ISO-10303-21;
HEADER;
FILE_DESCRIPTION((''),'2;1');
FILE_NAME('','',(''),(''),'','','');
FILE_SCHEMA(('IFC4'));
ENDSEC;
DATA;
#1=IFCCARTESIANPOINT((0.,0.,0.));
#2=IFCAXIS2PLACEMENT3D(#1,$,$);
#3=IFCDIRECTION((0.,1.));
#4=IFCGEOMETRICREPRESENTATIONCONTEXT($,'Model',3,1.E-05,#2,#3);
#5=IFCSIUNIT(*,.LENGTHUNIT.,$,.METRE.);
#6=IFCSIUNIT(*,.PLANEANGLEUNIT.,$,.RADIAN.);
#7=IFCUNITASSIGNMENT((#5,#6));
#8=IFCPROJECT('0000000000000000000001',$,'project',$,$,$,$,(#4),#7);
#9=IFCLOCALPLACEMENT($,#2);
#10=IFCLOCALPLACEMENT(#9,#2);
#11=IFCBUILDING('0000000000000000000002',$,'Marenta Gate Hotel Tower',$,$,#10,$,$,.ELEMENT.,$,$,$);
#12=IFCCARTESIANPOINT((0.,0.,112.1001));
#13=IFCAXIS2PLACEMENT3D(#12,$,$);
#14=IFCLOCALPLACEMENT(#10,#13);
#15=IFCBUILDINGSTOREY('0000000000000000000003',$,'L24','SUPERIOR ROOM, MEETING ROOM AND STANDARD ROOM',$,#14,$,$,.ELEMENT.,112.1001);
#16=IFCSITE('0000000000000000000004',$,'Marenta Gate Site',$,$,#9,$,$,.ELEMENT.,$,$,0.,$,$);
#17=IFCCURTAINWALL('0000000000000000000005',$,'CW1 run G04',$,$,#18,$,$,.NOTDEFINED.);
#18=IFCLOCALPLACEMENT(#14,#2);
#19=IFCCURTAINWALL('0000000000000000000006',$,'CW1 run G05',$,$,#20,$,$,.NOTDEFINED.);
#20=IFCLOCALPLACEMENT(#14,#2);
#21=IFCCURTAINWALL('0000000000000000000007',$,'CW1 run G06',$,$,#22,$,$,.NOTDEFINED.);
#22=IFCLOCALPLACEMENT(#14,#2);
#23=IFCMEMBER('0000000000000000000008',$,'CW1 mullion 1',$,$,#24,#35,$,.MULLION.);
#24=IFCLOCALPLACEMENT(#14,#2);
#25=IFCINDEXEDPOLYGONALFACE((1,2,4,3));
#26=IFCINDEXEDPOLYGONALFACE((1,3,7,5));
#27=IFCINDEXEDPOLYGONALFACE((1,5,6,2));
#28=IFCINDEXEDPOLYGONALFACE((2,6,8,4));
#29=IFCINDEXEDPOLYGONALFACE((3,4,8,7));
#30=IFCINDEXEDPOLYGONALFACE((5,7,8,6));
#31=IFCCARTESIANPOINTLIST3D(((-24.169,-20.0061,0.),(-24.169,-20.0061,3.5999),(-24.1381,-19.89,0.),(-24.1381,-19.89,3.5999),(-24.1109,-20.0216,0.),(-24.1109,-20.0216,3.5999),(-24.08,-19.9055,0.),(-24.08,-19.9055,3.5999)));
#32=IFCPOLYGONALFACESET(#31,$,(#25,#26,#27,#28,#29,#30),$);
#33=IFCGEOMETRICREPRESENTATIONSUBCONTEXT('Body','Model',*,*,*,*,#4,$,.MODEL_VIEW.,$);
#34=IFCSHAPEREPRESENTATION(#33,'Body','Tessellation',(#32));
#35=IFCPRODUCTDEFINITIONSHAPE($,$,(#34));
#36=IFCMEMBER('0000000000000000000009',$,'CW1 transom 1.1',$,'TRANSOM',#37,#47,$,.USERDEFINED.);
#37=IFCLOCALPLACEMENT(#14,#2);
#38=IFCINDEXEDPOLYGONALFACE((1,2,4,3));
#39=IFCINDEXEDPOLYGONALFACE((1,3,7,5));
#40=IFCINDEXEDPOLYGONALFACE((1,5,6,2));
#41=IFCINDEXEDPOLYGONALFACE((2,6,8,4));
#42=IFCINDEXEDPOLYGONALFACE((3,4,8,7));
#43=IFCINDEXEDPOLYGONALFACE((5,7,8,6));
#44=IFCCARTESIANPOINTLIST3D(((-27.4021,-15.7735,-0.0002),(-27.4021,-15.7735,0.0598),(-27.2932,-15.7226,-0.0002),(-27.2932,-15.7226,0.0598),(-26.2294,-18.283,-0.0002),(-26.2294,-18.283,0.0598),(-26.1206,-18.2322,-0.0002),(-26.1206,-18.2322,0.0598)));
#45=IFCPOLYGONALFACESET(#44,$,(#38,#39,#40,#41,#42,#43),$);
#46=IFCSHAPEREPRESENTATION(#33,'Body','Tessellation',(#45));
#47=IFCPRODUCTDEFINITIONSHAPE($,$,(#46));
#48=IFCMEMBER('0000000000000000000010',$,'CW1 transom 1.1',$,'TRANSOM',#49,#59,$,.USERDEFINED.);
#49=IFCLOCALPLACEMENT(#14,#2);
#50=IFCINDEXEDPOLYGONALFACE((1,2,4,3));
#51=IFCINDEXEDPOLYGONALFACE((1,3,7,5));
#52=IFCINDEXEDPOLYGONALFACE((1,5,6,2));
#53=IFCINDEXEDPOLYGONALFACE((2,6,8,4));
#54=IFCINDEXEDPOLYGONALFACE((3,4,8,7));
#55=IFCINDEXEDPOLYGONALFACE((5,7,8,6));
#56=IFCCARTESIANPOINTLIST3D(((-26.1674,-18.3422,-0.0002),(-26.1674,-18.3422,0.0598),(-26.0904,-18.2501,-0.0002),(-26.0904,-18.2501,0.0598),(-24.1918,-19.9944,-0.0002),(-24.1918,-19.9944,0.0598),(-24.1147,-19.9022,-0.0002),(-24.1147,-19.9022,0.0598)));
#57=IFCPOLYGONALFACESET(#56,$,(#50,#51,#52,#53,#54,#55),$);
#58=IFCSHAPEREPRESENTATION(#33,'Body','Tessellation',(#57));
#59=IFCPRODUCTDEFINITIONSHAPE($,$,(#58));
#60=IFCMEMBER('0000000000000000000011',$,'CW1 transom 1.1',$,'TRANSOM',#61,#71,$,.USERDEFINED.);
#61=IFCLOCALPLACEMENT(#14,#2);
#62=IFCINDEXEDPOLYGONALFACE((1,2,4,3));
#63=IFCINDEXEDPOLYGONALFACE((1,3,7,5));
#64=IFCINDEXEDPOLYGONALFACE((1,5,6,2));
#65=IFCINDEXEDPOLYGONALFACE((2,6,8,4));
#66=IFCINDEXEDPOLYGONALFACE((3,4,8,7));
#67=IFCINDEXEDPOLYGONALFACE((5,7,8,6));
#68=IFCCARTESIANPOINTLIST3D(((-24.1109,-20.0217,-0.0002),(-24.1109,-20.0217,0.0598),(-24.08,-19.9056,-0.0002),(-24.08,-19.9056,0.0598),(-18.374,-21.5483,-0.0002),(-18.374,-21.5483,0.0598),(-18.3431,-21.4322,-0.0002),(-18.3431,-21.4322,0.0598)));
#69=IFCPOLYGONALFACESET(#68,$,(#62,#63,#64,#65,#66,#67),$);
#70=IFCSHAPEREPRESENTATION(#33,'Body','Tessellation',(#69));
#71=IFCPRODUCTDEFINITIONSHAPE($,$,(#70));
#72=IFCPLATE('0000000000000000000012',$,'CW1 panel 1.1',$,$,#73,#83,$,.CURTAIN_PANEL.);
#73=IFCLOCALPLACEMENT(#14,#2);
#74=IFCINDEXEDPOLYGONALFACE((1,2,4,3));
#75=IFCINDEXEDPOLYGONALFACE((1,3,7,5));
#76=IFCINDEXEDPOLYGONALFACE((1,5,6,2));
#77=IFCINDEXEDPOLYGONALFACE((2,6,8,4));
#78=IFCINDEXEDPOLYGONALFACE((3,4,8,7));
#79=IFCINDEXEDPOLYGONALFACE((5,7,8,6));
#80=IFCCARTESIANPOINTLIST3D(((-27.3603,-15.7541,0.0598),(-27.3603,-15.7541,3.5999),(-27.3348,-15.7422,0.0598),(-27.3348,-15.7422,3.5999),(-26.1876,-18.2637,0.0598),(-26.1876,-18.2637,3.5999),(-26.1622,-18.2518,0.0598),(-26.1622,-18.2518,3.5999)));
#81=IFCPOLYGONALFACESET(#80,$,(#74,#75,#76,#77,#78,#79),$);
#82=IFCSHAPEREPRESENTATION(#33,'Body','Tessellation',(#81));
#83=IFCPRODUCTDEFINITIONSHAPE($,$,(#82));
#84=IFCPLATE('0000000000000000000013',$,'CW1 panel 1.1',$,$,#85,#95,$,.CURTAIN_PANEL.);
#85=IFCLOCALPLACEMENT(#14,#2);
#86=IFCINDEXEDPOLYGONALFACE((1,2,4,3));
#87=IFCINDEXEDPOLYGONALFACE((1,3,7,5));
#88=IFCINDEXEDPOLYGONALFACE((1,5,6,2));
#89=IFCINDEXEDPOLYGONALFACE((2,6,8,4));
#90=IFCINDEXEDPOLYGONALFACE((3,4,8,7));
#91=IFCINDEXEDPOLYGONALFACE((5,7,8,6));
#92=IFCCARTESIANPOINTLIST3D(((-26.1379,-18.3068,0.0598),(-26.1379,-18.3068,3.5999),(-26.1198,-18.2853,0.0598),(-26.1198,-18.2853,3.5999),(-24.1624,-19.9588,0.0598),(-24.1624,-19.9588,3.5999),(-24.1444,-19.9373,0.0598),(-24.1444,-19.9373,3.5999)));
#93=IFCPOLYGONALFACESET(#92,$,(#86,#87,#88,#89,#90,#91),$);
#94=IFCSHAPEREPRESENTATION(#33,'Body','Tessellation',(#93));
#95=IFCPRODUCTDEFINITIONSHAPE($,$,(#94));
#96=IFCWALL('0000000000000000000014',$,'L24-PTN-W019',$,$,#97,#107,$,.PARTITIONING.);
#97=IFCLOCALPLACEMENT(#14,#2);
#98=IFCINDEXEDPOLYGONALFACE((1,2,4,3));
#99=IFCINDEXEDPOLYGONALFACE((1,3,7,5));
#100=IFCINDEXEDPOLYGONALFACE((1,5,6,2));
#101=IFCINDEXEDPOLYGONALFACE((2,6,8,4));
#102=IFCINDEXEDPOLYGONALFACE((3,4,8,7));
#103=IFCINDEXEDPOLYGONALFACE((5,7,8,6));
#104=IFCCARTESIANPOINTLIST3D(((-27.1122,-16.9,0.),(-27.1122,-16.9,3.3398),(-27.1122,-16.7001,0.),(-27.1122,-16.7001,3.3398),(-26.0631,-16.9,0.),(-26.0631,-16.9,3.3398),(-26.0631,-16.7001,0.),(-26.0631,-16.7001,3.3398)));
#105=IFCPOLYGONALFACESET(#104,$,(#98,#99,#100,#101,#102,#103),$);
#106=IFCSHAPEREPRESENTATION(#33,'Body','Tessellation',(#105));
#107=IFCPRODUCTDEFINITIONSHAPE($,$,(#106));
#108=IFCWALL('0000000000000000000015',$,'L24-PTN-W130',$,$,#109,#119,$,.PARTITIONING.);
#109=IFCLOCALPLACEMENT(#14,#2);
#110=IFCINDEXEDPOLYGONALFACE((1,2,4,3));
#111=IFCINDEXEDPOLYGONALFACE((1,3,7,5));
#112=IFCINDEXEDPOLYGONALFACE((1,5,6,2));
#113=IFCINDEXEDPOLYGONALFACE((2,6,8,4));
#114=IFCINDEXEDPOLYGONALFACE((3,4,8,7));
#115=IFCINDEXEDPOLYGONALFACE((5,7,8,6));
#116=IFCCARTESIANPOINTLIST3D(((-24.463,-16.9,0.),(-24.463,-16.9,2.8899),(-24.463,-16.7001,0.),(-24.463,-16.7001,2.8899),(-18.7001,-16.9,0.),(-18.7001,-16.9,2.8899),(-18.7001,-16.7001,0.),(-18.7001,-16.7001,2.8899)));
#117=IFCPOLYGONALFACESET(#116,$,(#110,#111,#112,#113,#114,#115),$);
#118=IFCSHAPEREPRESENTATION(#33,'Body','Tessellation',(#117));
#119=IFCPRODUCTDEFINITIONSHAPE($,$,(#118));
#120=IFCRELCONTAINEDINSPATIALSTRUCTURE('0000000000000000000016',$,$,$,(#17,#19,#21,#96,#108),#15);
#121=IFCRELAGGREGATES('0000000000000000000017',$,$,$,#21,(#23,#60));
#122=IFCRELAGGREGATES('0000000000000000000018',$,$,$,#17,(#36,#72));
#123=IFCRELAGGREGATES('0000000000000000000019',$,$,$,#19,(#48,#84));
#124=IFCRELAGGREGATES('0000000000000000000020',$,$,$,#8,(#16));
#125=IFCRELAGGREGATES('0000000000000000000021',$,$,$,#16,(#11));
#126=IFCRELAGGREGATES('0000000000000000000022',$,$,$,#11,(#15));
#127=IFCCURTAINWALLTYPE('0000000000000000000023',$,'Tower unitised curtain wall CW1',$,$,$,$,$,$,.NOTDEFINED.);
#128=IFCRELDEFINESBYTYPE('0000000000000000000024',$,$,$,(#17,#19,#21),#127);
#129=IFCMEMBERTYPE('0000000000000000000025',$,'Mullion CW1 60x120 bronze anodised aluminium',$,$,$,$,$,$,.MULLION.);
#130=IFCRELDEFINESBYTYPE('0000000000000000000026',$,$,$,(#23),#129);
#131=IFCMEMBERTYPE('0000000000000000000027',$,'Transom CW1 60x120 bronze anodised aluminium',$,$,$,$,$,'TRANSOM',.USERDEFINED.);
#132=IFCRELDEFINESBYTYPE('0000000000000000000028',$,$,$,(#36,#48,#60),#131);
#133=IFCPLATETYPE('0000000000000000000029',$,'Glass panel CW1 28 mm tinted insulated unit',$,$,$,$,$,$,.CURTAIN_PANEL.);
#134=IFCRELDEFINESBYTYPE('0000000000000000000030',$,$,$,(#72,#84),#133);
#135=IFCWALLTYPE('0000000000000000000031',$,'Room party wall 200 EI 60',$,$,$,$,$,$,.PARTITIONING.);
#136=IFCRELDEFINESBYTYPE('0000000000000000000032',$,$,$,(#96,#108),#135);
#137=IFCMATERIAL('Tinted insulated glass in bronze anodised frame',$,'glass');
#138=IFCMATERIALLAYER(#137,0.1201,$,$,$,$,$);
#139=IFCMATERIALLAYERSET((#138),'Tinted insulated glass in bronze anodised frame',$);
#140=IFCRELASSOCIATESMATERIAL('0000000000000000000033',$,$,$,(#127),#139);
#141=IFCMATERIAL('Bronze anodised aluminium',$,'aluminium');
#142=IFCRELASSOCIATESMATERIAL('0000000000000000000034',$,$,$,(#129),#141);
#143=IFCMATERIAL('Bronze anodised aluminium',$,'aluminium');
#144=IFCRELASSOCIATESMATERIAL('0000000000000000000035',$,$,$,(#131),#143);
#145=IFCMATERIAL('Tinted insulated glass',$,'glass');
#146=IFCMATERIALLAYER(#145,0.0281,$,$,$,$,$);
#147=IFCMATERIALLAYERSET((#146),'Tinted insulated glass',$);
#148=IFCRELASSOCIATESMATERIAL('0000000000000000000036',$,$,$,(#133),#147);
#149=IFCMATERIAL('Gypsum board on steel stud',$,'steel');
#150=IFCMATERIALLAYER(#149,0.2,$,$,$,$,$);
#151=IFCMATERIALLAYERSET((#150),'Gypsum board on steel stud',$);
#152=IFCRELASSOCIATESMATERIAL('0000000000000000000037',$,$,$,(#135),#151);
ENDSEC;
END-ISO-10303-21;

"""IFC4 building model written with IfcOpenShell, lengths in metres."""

from ifc_helpers import new_model, si_unit, direction, frame, frame_2d, origin, origin_2d, place, context, subcontext, project, spatial, rectangle, extrude, material, layer, layer_set, material_profile, profile_set, type_object, element, aggregate, save


model = new_model("IFC4")

# Units and contexts
model_context = context("Model", 3, precision=1e-05, world=origin(), true_north=direction((0.0, 1.0)))
body_context = subcontext(model_context, "Body", "Model", "MODEL_VIEW")
ifc_project = project(units=[si_unit("LENGTHUNIT", "METRE"), si_unit("PLANEANGLEUNIT", "RADIAN")], contexts=[model_context])

# Site, building, storey
site_placement = place(None, origin())
site = spatial("IfcSite", under=ifc_project, at=site_placement, Name="Marenta Gate Site", CompositionType="ELEMENT", RefElevation=0.0)
building_placement = place(site_placement, origin())
building = spatial("IfcBuilding", under=site, at=building_placement, Name="Marenta Gate Hotel Tower", CompositionType="ELEMENT")
storey_placement = place(building_placement, frame((0.0, 0.0, 112.1001)))
storey = spatial("IfcBuildingStorey", under=building, at=storey_placement, Name="L24", Description="SUPERIOR ROOM, MEETING ROOM AND STANDARD ROOM", CompositionType="ELEMENT", Elevation=112.1001)

# Curtain walls, member
ifc_material_1 = material(Name="Tinted insulated glass in bronze anodised frame", Category="glass")
ifc_layer_1 = layer(ifc_material_1, 0.1201)
ifc_layer_set_1 = layer_set([ifc_layer_1], Name="Tinted insulated glass in bronze anodised frame")
curtain_wall_type = type_object("IfcCurtainWallType", Name="Tower unitised curtain wall CW1", PredefinedType="NOTDEFINED", material=ifc_layer_set_1)
curtain_wall_1_placement = place(storey_placement, origin())
curtain_wall_1 = element("IfcCurtainWall", 1, at=curtain_wall_1_placement, inside=storey, type_object=curtain_wall_type, Name="CW1 run G04", PredefinedType="NOTDEFINED")
ifc_material_2 = material(Name="Bronze anodised aluminium", Category="aluminium")
ifc_material_profile_1 = material_profile(ifc_material_2, rectangle(XDim=0.1201, YDim=0.0601, at=origin_2d()), Name="Mullion CW1 60x120 bronze anodised aluminium")
ifc_profile_set_1 = profile_set([ifc_material_profile_1], Name="Bronze anodised aluminium")
member_type_1 = type_object("IfcMemberType", Name="Mullion CW1 60x120 bronze anodised aluminium", PredefinedType="MULLION", material=ifc_profile_set_1)
curtain_wall_2_placement = place(storey_placement, origin())
curtain_wall_2 = element("IfcCurtainWall", 2, at=curtain_wall_2_placement, inside=storey, type_object=curtain_wall_type, Name="CW1 run G05", PredefinedType="NOTDEFINED")
curtain_wall_3_placement = place(storey_placement, origin())
curtain_wall_3 = element("IfcCurtainWall", 3, at=curtain_wall_3_placement, inside=storey, type_object=curtain_wall_type, Name="CW1 run G06", PredefinedType="NOTDEFINED")
member_1_placement = place(storey_placement, frame((-24.1245, -19.9558, 0.0), z_axis=(0.0, 0.0, 1.0), x_axis=(0.257144, 0.966373, 0.0)))
member_1 = element("IfcMember", 4, at=member_1_placement, type_object=member_type_1, Name="CW1 mullion 1", PredefinedType="MULLION", context=body_context, shape_type="SweptSolid", body=[
    extrude(rectangle(XDim=0.1201, YDim=0.0601, at=origin_2d()), origin(), (0.0, 0.0, 1.0), 3.5999),
])

# Members
ifc_material_3 = material(Name="Bronze anodised aluminium", Category="aluminium")
ifc_material_profile_2 = material_profile(ifc_material_3, rectangle(XDim=0.1201, YDim=0.0601, at=origin_2d()), Name="Transom CW1 60x120 bronze anodised aluminium")
ifc_profile_set_2 = profile_set([ifc_material_profile_2], Name="Bronze anodised aluminium")
member_type_2 = type_object("IfcMemberType", Name="Transom CW1 60x120 bronze anodised aluminium", ElementType="TRANSOM", PredefinedType="USERDEFINED", material=ifc_profile_set_2)
member_2_placement = place(storey_placement, frame((-27.3477, -15.748, 0.0298), z_axis=(0.423329, -0.905976, 0.0), x_axis=(0.905976, 0.423329, 0.0)))
member_2 = element("IfcMember", 5, at=member_2_placement, type_object=member_type_2, Name="CW1 transom 1.1", ObjectType="TRANSOM", PredefinedType="USERDEFINED", context=body_context, shape_type="SweptSolid", body=[
    extrude(rectangle(XDim=0.1201, YDim=0.0601, at=origin_2d()), origin(), (0.0, 0.0, 1.0), 2.77),
])
member_3_placement = place(storey_placement, frame((-26.1289, -18.2961, 0.0298), z_axis=(0.767117, -0.641508, 0.0), x_axis=(0.641508, 0.767117, 0.0)))
member_3 = element("IfcMember", 6, at=member_3_placement, type_object=member_type_2, Name="CW1 transom 1.1", ObjectType="TRANSOM", PredefinedType="USERDEFINED", context=body_context, shape_type="SweptSolid", body=[
    extrude(rectangle(XDim=0.1201, YDim=0.0601, at=origin_2d()), origin(), (0.0, 0.0, 1.0), 2.5754),
])
member_4_placement = place(storey_placement, frame((-24.0955, -19.9636, 0.0298), z_axis=(0.966369, -0.257158, 0.0), x_axis=(0.257158, 0.966369, 0.0)))
member_4 = element("IfcMember", 7, at=member_4_placement, type_object=member_type_2, Name="CW1 transom 1.1", ObjectType="TRANSOM", PredefinedType="USERDEFINED", context=body_context, shape_type="SweptSolid", body=[
    extrude(rectangle(XDim=0.1201, YDim=0.0601, at=origin_2d()), origin(), (0.0, 0.0, 1.0), 5.9365),
])
aggregate(curtain_wall_3, [member_1, member_4])

# Plates
ifc_material_4 = material(Name="Tinted insulated glass", Category="glass")
ifc_layer_2 = layer(ifc_material_4, 0.0281)
ifc_layer_set_2 = layer_set([ifc_layer_2], Name="Tinted insulated glass")
plate_type = type_object("IfcPlateType", Name="Glass panel CW1 28 mm tinted insulated unit", PredefinedType="CURTAIN_PANEL", material=ifc_layer_set_2)
plate_1_placement = place(storey_placement, frame((-26.7612, -17.0029, 0.0598), z_axis=(0.0, 0.0, 1.0), x_axis=(0.423338, -0.905972, 0.0)))
plate_1 = element("IfcPlate", 8, at=plate_1_placement, type_object=plate_type, Name="CW1 panel 1.1", PredefinedType="CURTAIN_PANEL", context=body_context, shape_type="SweptSolid", body=[
    extrude(rectangle(XDim=2.77, YDim=0.0281, at=origin_2d()), origin(), (0.0, 0.0, 1.0), 3.54),
])
aggregate(curtain_wall_1, [member_2, plate_1])
plate_2_placement = place(storey_placement, frame((-25.1411, -19.1221, 0.0598), z_axis=(0.0, 0.0, 1.0), x_axis=(0.767113, -0.641512, 0.0)))
plate_2 = element("IfcPlate", 9, at=plate_2_placement, type_object=plate_type, Name="CW1 panel 1.1", PredefinedType="CURTAIN_PANEL", context=body_context, shape_type="SweptSolid", body=[
    extrude(rectangle(XDim=2.5752, YDim=0.0281, at=origin_2d()), origin(), (0.0, 0.0, 1.0), 3.54),
])
aggregate(curtain_wall_2, [member_3, plate_2])

# Walls
ifc_material_5 = material(Name="Gypsum board on steel stud", Category="steel")
ifc_layer_3 = layer(ifc_material_5, 0.2)
ifc_layer_set_3 = layer_set([ifc_layer_3], Name="Gypsum board on steel stud")
wall_type = type_object("IfcWallType", Name="Room party wall 200 EI 60", PredefinedType="PARTITIONING", material=ifc_layer_set_3)
wall_1_placement = place(storey_placement, frame((-27.1121, -16.8, 0.0), z_axis=(0.0, 0.0, 1.0), x_axis=(1.0, 0.0, 0.0)))
element("IfcWall", 10, at=wall_1_placement, inside=storey, type_object=wall_type, Name="L24-PTN-W019", PredefinedType="PARTITIONING", context=body_context, shape_type="SweptSolid", body=[
    extrude(rectangle(XDim=1.0491, YDim=0.2, at=frame_2d((0.5244, 0.0))), origin(), (0.0, 0.0, 1.0), 3.3398),
])
wall_2_placement = place(storey_placement, frame((-24.4629, -16.8, 0.0), z_axis=(0.0, 0.0, 1.0), x_axis=(1.0, 0.0, 0.0)))
element("IfcWall", 11, at=wall_2_placement, inside=storey, type_object=wall_type, Name="L24-PTN-W130", PredefinedType="PARTITIONING", context=body_context, shape_type="SweptSolid", body=[
    extrude(rectangle(XDim=5.7629, YDim=0.2, at=frame_2d((2.8813, 0.0))), origin(), (0.0, 0.0, 1.0), 2.8899),
])

save(model, "model.ifc")
